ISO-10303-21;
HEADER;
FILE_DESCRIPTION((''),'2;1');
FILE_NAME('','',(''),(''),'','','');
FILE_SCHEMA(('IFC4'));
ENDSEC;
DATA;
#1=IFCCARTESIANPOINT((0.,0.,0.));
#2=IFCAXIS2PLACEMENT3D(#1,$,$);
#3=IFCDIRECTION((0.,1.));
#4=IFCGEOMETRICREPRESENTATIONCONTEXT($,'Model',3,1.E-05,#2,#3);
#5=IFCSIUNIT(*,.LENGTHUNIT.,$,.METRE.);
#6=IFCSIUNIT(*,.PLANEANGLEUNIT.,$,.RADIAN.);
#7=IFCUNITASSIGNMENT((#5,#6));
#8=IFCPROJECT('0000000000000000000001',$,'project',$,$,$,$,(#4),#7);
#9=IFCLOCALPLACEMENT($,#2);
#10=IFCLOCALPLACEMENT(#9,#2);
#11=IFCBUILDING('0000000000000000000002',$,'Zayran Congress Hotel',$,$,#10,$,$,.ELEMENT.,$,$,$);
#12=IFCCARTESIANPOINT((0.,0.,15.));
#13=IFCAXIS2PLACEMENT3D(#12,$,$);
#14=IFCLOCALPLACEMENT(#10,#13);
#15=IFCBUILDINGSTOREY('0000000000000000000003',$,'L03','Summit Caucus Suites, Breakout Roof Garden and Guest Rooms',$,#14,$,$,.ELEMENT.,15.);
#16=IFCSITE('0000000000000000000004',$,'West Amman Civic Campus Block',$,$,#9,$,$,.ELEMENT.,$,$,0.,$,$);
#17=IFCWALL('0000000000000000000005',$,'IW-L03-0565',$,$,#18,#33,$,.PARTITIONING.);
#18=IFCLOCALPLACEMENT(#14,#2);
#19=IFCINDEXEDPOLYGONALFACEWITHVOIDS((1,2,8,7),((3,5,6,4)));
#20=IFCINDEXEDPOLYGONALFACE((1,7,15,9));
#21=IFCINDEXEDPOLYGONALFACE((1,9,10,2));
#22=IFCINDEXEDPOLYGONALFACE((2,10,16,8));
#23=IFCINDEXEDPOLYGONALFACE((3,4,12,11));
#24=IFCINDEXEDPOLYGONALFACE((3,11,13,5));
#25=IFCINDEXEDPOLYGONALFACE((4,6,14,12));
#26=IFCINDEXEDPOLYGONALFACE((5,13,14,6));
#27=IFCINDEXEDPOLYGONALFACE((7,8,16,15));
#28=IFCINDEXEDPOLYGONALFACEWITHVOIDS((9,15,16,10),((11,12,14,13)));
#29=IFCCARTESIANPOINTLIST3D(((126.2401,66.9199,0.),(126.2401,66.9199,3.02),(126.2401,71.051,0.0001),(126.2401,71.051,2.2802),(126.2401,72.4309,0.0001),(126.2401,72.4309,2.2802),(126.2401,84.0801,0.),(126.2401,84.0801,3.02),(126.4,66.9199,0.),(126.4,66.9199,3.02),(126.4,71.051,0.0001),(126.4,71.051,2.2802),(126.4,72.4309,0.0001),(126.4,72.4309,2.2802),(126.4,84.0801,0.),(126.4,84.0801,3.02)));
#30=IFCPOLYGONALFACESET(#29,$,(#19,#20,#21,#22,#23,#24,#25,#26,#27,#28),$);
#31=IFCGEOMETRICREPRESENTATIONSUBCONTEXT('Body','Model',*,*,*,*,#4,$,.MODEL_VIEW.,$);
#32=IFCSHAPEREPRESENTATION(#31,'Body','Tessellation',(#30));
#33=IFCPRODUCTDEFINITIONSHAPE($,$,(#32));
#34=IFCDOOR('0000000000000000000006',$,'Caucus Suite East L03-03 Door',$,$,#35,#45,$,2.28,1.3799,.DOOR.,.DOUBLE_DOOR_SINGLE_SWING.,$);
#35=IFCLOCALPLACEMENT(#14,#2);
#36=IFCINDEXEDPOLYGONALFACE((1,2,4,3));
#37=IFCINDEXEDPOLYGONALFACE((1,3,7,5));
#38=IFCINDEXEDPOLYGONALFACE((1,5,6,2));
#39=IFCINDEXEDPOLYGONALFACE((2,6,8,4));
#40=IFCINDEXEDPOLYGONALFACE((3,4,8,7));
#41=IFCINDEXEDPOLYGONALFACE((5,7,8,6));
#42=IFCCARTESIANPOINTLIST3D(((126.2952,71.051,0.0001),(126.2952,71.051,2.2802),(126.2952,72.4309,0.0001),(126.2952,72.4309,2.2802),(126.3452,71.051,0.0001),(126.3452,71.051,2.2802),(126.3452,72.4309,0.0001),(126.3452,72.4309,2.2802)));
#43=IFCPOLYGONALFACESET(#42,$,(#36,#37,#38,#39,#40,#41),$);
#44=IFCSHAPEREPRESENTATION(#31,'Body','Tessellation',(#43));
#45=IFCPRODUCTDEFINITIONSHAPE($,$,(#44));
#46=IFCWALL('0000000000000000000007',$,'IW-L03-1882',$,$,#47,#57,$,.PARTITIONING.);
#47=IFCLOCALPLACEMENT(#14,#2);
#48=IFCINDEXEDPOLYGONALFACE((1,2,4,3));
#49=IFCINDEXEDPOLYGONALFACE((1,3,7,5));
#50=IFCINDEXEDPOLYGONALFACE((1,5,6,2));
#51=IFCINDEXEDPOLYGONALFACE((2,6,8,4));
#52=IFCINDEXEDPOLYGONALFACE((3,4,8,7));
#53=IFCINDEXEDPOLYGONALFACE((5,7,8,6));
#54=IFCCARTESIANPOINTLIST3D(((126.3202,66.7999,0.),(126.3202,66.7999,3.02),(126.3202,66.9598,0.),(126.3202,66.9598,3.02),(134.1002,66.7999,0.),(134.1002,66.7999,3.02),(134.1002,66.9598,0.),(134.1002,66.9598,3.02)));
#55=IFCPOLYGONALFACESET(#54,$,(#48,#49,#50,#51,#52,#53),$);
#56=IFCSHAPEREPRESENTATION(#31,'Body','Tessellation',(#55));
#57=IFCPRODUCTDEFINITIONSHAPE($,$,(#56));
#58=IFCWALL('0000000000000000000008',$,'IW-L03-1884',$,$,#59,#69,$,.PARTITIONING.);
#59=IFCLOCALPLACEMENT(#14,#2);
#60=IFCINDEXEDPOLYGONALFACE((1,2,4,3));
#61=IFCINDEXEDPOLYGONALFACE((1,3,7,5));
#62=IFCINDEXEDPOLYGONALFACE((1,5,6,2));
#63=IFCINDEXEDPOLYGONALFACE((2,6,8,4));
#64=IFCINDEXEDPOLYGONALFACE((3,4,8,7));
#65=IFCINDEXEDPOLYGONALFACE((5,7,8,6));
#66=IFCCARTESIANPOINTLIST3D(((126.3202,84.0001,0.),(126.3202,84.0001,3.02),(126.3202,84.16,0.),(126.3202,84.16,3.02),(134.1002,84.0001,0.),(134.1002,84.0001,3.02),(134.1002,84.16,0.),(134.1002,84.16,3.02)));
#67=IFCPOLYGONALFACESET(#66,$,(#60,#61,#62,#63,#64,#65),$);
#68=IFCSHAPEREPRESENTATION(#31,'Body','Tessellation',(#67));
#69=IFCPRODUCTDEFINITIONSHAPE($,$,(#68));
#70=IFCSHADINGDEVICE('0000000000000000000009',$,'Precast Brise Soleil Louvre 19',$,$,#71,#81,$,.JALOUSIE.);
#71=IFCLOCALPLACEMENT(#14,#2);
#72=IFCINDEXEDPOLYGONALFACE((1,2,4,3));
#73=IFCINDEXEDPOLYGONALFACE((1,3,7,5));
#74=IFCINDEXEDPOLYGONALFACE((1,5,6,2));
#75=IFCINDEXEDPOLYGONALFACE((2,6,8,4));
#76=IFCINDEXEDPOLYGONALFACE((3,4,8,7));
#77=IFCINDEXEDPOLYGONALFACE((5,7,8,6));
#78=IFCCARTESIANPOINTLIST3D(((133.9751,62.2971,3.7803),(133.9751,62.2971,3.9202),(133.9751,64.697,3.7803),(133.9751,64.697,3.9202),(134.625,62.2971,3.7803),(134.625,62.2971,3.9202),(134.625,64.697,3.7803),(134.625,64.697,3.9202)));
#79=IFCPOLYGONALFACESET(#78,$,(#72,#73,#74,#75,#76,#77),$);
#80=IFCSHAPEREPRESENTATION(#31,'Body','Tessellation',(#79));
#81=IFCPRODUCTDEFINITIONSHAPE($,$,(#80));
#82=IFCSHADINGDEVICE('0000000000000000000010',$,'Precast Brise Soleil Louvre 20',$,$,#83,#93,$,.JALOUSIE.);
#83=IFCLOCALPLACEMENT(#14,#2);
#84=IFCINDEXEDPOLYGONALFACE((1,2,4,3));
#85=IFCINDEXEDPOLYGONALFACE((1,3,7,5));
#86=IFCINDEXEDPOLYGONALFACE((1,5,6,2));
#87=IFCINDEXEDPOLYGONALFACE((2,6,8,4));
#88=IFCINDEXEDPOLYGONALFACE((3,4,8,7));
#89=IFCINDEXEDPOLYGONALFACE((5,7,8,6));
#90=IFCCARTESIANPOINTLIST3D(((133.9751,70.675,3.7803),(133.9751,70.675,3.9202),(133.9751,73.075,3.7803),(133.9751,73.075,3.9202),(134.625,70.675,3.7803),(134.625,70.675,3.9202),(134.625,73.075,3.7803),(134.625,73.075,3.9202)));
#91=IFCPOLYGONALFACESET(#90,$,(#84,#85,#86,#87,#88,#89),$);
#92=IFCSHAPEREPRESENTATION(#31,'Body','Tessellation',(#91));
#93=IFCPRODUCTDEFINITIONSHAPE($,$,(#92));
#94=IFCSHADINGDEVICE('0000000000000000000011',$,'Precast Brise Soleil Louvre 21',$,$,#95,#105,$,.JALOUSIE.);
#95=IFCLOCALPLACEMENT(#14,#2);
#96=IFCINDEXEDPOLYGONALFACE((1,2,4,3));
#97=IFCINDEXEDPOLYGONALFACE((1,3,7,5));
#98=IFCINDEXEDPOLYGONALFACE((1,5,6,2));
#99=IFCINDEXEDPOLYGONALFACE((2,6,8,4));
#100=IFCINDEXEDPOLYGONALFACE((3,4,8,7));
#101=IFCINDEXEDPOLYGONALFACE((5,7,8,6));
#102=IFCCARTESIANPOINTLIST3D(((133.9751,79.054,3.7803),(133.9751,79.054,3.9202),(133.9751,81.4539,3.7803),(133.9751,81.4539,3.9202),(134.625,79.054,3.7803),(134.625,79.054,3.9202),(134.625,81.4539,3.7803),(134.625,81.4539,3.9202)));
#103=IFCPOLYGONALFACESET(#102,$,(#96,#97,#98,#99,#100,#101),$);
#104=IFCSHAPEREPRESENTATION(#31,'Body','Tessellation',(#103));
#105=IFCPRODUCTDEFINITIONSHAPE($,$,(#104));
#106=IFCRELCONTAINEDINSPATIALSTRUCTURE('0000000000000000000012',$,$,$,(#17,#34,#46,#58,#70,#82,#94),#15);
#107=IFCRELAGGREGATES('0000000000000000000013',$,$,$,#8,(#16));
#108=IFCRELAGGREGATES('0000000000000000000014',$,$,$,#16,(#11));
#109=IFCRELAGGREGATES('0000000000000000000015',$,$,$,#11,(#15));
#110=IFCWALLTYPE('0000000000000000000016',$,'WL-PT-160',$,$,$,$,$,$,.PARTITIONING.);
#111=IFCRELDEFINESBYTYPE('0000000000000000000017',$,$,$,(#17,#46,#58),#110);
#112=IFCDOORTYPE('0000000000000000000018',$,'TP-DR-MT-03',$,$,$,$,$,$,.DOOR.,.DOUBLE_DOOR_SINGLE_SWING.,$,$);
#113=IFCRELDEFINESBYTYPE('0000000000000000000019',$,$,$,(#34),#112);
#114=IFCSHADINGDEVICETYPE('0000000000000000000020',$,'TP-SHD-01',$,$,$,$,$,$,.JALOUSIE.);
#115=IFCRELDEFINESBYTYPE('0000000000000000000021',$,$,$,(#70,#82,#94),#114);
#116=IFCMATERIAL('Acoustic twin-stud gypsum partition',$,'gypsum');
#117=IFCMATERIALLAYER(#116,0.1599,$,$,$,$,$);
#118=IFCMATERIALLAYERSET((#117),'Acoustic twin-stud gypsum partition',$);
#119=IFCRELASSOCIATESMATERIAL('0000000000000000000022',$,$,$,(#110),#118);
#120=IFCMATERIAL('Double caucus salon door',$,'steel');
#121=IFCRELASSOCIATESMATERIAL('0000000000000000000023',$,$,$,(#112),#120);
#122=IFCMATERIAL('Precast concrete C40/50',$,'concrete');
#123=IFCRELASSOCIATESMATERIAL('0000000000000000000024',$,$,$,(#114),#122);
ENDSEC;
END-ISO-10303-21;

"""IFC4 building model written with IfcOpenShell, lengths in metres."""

from ifc_helpers import new_model, si_unit, direction, frame, frame_2d, origin, origin_2d, place, context, subcontext, project, spatial, rectangle, extrude, material, layer, layer_set, type_object, element, fill, save


model = new_model("IFC4")

# Units and contexts
model_context = context("Model", 3, precision=1e-05, world=origin(), true_north=direction((0.0, 1.0)))
body_context = subcontext(model_context, "Body", "Model", "MODEL_VIEW")
ifc_project = project(units=[si_unit("LENGTHUNIT", "METRE"), si_unit("PLANEANGLEUNIT", "RADIAN")], contexts=[model_context])

# Site, building, storey
site_placement = place(None, origin())
site = spatial("IfcSite", under=ifc_project, at=site_placement, Name="West Amman Civic Campus Block", CompositionType="ELEMENT", RefElevation=0.0)
building_placement = place(site_placement, origin())
building = spatial("IfcBuilding", under=site, at=building_placement, Name="Zayran Congress Hotel", CompositionType="ELEMENT")
storey_placement = place(building_placement, frame((0.0, 0.0, 15.0)))
storey = spatial("IfcBuildingStorey", under=building, at=storey_placement, Name="L03", Description="Summit Caucus Suites, Breakout Roof Garden and Guest Rooms", CompositionType="ELEMENT", Elevation=15.0)

# Wall, opening, door
ifc_material_1 = material(Name="Acoustic twin-stud gypsum partition", Category="gypsum")
ifc_layer_1 = layer(ifc_material_1, 0.1599)
ifc_layer_set_1 = layer_set([ifc_layer_1], Name="Acoustic twin-stud gypsum partition")
wall_type_1 = type_object("IfcWallType", Name="WL-PT-160", PredefinedType="PARTITIONING", material=ifc_layer_set_1)
wall_1_placement = place(storey_placement, frame((126.3201, 66.9199, 0.0), z_axis=(0.0, 0.0, 1.0), x_axis=(0.0, 1.0, 0.0)))
wall_1 = element("IfcWall", 1, at=wall_1_placement, inside=storey, type_object=wall_type_1, Name="IW-L03-0565", PredefinedType="PARTITIONING", context=body_context, shape_type="SweptSolid", body=[
    extrude(rectangle(XDim=17.1602, YDim=0.1599, at=frame_2d((8.5801, 0.0))), origin(), (0.0, 0.0, 1.0), 3.02),
])
opening_1_placement = place(wall_1_placement, frame((4.1311, 0.0, 0.0)))
opening_1 = element("IfcOpeningElement", 2, at=opening_1_placement, cuts=wall_1, PredefinedType="OPENING", context=body_context, shape_type="SweptSolid", body=[
    extrude(rectangle(XDim=1.3799, YDim=2.28, at=frame_2d((0.6899, 1.1401))), frame((0.0, 0.0898, 0.0), z_axis=(0.0, -1.0, 0.0), x_axis=(1.0, 0.0, 0.0)), (0.0, 0.0, 1.0), 0.1799),
])
ifc_material_2 = material(Name="Double caucus salon door", Category="steel")
door_type = type_object("IfcDoorType", Name="TP-DR-MT-03", OperationType="DOUBLE_DOOR_SINGLE_SWING", PredefinedType="DOOR", material=ifc_material_2)
door_placement = place(opening_1_placement, origin())
door = element("IfcDoor", 3, at=door_placement, inside=storey, type_object=door_type, Name="Caucus Suite East L03-03 Door", OperationType="DOUBLE_DOOR_SINGLE_SWING", OverallHeight=2.28, OverallWidth=1.3799, PredefinedType="DOOR", context=body_context, shape_type="SweptSolid", body=[
    extrude(rectangle(XDim=1.3799, YDim=2.28, at=frame_2d((0.6899, 1.1401))), frame((0.0, 0.0249, 0.0), z_axis=(0.0, -1.0, 0.0), x_axis=(1.0, 0.0, 0.0)), (0.0, 0.0, 1.0), 0.05),
])
fill(opening_1, door)

# Walls
for number, where, z_axis, x_axis, name in (
    (4, (126.3201, 66.8799, 0.0), (0.0, 0.0, 1.0), (1.0, 0.0, 0.0), "IW-L03-1882"),
    (5, (126.3201, 84.0801, 0.0), (0.0, 0.0, 1.0), (1.0, 0.0, 0.0), "IW-L03-1884"),
):
    element("IfcWall", number, at=place(storey_placement, frame(where, z_axis=z_axis, x_axis=x_axis)), inside=storey, type_object=wall_type_1, Name=name, PredefinedType="PARTITIONING", context=body_context, shape_type="SweptSolid", body=[
        extrude(rectangle(XDim=7.78, YDim=0.1599, at=frame_2d((3.8901, 0.0))), origin(), (0.0, 0.0, 1.0), 3.02),
    ])

# Shading devices
ifc_material_3 = material(Name="Precast concrete C40/50", Category="concrete")
shading_device_type = type_object("IfcShadingDeviceType", Name="TP-SHD-01", PredefinedType="JALOUSIE", material=ifc_material_3)
for number, where, z_axis, x_axis, name in (
    (6, (134.3, 63.4971, 3.7803), (0.0, 0.0, 1.0), (0.0, 1.0, 0.0), "Precast Brise Soleil Louvre 19"),
    (7, (134.3, 71.875, 3.7803), (0.0, 0.0, 1.0), (0.0, 1.0, 0.0), "Precast Brise Soleil Louvre 20"),
    (8, (134.3, 80.2539, 3.7803), (0.0, 0.0, 1.0), (0.0, 1.0, 0.0), "Precast Brise Soleil Louvre 21"),
):
    element("IfcShadingDevice", number, at=place(storey_placement, frame(where, z_axis=z_axis, x_axis=x_axis)), inside=storey, type_object=shading_device_type, Name=name, PredefinedType="JALOUSIE", context=body_context, shape_type="SweptSolid", body=[
        extrude(rectangle(XDim=2.3999, YDim=0.6499, at=origin_2d()), origin(), (0.0, 0.0, 1.0), 0.1399),
    ])

save(model, "model.ifc")
